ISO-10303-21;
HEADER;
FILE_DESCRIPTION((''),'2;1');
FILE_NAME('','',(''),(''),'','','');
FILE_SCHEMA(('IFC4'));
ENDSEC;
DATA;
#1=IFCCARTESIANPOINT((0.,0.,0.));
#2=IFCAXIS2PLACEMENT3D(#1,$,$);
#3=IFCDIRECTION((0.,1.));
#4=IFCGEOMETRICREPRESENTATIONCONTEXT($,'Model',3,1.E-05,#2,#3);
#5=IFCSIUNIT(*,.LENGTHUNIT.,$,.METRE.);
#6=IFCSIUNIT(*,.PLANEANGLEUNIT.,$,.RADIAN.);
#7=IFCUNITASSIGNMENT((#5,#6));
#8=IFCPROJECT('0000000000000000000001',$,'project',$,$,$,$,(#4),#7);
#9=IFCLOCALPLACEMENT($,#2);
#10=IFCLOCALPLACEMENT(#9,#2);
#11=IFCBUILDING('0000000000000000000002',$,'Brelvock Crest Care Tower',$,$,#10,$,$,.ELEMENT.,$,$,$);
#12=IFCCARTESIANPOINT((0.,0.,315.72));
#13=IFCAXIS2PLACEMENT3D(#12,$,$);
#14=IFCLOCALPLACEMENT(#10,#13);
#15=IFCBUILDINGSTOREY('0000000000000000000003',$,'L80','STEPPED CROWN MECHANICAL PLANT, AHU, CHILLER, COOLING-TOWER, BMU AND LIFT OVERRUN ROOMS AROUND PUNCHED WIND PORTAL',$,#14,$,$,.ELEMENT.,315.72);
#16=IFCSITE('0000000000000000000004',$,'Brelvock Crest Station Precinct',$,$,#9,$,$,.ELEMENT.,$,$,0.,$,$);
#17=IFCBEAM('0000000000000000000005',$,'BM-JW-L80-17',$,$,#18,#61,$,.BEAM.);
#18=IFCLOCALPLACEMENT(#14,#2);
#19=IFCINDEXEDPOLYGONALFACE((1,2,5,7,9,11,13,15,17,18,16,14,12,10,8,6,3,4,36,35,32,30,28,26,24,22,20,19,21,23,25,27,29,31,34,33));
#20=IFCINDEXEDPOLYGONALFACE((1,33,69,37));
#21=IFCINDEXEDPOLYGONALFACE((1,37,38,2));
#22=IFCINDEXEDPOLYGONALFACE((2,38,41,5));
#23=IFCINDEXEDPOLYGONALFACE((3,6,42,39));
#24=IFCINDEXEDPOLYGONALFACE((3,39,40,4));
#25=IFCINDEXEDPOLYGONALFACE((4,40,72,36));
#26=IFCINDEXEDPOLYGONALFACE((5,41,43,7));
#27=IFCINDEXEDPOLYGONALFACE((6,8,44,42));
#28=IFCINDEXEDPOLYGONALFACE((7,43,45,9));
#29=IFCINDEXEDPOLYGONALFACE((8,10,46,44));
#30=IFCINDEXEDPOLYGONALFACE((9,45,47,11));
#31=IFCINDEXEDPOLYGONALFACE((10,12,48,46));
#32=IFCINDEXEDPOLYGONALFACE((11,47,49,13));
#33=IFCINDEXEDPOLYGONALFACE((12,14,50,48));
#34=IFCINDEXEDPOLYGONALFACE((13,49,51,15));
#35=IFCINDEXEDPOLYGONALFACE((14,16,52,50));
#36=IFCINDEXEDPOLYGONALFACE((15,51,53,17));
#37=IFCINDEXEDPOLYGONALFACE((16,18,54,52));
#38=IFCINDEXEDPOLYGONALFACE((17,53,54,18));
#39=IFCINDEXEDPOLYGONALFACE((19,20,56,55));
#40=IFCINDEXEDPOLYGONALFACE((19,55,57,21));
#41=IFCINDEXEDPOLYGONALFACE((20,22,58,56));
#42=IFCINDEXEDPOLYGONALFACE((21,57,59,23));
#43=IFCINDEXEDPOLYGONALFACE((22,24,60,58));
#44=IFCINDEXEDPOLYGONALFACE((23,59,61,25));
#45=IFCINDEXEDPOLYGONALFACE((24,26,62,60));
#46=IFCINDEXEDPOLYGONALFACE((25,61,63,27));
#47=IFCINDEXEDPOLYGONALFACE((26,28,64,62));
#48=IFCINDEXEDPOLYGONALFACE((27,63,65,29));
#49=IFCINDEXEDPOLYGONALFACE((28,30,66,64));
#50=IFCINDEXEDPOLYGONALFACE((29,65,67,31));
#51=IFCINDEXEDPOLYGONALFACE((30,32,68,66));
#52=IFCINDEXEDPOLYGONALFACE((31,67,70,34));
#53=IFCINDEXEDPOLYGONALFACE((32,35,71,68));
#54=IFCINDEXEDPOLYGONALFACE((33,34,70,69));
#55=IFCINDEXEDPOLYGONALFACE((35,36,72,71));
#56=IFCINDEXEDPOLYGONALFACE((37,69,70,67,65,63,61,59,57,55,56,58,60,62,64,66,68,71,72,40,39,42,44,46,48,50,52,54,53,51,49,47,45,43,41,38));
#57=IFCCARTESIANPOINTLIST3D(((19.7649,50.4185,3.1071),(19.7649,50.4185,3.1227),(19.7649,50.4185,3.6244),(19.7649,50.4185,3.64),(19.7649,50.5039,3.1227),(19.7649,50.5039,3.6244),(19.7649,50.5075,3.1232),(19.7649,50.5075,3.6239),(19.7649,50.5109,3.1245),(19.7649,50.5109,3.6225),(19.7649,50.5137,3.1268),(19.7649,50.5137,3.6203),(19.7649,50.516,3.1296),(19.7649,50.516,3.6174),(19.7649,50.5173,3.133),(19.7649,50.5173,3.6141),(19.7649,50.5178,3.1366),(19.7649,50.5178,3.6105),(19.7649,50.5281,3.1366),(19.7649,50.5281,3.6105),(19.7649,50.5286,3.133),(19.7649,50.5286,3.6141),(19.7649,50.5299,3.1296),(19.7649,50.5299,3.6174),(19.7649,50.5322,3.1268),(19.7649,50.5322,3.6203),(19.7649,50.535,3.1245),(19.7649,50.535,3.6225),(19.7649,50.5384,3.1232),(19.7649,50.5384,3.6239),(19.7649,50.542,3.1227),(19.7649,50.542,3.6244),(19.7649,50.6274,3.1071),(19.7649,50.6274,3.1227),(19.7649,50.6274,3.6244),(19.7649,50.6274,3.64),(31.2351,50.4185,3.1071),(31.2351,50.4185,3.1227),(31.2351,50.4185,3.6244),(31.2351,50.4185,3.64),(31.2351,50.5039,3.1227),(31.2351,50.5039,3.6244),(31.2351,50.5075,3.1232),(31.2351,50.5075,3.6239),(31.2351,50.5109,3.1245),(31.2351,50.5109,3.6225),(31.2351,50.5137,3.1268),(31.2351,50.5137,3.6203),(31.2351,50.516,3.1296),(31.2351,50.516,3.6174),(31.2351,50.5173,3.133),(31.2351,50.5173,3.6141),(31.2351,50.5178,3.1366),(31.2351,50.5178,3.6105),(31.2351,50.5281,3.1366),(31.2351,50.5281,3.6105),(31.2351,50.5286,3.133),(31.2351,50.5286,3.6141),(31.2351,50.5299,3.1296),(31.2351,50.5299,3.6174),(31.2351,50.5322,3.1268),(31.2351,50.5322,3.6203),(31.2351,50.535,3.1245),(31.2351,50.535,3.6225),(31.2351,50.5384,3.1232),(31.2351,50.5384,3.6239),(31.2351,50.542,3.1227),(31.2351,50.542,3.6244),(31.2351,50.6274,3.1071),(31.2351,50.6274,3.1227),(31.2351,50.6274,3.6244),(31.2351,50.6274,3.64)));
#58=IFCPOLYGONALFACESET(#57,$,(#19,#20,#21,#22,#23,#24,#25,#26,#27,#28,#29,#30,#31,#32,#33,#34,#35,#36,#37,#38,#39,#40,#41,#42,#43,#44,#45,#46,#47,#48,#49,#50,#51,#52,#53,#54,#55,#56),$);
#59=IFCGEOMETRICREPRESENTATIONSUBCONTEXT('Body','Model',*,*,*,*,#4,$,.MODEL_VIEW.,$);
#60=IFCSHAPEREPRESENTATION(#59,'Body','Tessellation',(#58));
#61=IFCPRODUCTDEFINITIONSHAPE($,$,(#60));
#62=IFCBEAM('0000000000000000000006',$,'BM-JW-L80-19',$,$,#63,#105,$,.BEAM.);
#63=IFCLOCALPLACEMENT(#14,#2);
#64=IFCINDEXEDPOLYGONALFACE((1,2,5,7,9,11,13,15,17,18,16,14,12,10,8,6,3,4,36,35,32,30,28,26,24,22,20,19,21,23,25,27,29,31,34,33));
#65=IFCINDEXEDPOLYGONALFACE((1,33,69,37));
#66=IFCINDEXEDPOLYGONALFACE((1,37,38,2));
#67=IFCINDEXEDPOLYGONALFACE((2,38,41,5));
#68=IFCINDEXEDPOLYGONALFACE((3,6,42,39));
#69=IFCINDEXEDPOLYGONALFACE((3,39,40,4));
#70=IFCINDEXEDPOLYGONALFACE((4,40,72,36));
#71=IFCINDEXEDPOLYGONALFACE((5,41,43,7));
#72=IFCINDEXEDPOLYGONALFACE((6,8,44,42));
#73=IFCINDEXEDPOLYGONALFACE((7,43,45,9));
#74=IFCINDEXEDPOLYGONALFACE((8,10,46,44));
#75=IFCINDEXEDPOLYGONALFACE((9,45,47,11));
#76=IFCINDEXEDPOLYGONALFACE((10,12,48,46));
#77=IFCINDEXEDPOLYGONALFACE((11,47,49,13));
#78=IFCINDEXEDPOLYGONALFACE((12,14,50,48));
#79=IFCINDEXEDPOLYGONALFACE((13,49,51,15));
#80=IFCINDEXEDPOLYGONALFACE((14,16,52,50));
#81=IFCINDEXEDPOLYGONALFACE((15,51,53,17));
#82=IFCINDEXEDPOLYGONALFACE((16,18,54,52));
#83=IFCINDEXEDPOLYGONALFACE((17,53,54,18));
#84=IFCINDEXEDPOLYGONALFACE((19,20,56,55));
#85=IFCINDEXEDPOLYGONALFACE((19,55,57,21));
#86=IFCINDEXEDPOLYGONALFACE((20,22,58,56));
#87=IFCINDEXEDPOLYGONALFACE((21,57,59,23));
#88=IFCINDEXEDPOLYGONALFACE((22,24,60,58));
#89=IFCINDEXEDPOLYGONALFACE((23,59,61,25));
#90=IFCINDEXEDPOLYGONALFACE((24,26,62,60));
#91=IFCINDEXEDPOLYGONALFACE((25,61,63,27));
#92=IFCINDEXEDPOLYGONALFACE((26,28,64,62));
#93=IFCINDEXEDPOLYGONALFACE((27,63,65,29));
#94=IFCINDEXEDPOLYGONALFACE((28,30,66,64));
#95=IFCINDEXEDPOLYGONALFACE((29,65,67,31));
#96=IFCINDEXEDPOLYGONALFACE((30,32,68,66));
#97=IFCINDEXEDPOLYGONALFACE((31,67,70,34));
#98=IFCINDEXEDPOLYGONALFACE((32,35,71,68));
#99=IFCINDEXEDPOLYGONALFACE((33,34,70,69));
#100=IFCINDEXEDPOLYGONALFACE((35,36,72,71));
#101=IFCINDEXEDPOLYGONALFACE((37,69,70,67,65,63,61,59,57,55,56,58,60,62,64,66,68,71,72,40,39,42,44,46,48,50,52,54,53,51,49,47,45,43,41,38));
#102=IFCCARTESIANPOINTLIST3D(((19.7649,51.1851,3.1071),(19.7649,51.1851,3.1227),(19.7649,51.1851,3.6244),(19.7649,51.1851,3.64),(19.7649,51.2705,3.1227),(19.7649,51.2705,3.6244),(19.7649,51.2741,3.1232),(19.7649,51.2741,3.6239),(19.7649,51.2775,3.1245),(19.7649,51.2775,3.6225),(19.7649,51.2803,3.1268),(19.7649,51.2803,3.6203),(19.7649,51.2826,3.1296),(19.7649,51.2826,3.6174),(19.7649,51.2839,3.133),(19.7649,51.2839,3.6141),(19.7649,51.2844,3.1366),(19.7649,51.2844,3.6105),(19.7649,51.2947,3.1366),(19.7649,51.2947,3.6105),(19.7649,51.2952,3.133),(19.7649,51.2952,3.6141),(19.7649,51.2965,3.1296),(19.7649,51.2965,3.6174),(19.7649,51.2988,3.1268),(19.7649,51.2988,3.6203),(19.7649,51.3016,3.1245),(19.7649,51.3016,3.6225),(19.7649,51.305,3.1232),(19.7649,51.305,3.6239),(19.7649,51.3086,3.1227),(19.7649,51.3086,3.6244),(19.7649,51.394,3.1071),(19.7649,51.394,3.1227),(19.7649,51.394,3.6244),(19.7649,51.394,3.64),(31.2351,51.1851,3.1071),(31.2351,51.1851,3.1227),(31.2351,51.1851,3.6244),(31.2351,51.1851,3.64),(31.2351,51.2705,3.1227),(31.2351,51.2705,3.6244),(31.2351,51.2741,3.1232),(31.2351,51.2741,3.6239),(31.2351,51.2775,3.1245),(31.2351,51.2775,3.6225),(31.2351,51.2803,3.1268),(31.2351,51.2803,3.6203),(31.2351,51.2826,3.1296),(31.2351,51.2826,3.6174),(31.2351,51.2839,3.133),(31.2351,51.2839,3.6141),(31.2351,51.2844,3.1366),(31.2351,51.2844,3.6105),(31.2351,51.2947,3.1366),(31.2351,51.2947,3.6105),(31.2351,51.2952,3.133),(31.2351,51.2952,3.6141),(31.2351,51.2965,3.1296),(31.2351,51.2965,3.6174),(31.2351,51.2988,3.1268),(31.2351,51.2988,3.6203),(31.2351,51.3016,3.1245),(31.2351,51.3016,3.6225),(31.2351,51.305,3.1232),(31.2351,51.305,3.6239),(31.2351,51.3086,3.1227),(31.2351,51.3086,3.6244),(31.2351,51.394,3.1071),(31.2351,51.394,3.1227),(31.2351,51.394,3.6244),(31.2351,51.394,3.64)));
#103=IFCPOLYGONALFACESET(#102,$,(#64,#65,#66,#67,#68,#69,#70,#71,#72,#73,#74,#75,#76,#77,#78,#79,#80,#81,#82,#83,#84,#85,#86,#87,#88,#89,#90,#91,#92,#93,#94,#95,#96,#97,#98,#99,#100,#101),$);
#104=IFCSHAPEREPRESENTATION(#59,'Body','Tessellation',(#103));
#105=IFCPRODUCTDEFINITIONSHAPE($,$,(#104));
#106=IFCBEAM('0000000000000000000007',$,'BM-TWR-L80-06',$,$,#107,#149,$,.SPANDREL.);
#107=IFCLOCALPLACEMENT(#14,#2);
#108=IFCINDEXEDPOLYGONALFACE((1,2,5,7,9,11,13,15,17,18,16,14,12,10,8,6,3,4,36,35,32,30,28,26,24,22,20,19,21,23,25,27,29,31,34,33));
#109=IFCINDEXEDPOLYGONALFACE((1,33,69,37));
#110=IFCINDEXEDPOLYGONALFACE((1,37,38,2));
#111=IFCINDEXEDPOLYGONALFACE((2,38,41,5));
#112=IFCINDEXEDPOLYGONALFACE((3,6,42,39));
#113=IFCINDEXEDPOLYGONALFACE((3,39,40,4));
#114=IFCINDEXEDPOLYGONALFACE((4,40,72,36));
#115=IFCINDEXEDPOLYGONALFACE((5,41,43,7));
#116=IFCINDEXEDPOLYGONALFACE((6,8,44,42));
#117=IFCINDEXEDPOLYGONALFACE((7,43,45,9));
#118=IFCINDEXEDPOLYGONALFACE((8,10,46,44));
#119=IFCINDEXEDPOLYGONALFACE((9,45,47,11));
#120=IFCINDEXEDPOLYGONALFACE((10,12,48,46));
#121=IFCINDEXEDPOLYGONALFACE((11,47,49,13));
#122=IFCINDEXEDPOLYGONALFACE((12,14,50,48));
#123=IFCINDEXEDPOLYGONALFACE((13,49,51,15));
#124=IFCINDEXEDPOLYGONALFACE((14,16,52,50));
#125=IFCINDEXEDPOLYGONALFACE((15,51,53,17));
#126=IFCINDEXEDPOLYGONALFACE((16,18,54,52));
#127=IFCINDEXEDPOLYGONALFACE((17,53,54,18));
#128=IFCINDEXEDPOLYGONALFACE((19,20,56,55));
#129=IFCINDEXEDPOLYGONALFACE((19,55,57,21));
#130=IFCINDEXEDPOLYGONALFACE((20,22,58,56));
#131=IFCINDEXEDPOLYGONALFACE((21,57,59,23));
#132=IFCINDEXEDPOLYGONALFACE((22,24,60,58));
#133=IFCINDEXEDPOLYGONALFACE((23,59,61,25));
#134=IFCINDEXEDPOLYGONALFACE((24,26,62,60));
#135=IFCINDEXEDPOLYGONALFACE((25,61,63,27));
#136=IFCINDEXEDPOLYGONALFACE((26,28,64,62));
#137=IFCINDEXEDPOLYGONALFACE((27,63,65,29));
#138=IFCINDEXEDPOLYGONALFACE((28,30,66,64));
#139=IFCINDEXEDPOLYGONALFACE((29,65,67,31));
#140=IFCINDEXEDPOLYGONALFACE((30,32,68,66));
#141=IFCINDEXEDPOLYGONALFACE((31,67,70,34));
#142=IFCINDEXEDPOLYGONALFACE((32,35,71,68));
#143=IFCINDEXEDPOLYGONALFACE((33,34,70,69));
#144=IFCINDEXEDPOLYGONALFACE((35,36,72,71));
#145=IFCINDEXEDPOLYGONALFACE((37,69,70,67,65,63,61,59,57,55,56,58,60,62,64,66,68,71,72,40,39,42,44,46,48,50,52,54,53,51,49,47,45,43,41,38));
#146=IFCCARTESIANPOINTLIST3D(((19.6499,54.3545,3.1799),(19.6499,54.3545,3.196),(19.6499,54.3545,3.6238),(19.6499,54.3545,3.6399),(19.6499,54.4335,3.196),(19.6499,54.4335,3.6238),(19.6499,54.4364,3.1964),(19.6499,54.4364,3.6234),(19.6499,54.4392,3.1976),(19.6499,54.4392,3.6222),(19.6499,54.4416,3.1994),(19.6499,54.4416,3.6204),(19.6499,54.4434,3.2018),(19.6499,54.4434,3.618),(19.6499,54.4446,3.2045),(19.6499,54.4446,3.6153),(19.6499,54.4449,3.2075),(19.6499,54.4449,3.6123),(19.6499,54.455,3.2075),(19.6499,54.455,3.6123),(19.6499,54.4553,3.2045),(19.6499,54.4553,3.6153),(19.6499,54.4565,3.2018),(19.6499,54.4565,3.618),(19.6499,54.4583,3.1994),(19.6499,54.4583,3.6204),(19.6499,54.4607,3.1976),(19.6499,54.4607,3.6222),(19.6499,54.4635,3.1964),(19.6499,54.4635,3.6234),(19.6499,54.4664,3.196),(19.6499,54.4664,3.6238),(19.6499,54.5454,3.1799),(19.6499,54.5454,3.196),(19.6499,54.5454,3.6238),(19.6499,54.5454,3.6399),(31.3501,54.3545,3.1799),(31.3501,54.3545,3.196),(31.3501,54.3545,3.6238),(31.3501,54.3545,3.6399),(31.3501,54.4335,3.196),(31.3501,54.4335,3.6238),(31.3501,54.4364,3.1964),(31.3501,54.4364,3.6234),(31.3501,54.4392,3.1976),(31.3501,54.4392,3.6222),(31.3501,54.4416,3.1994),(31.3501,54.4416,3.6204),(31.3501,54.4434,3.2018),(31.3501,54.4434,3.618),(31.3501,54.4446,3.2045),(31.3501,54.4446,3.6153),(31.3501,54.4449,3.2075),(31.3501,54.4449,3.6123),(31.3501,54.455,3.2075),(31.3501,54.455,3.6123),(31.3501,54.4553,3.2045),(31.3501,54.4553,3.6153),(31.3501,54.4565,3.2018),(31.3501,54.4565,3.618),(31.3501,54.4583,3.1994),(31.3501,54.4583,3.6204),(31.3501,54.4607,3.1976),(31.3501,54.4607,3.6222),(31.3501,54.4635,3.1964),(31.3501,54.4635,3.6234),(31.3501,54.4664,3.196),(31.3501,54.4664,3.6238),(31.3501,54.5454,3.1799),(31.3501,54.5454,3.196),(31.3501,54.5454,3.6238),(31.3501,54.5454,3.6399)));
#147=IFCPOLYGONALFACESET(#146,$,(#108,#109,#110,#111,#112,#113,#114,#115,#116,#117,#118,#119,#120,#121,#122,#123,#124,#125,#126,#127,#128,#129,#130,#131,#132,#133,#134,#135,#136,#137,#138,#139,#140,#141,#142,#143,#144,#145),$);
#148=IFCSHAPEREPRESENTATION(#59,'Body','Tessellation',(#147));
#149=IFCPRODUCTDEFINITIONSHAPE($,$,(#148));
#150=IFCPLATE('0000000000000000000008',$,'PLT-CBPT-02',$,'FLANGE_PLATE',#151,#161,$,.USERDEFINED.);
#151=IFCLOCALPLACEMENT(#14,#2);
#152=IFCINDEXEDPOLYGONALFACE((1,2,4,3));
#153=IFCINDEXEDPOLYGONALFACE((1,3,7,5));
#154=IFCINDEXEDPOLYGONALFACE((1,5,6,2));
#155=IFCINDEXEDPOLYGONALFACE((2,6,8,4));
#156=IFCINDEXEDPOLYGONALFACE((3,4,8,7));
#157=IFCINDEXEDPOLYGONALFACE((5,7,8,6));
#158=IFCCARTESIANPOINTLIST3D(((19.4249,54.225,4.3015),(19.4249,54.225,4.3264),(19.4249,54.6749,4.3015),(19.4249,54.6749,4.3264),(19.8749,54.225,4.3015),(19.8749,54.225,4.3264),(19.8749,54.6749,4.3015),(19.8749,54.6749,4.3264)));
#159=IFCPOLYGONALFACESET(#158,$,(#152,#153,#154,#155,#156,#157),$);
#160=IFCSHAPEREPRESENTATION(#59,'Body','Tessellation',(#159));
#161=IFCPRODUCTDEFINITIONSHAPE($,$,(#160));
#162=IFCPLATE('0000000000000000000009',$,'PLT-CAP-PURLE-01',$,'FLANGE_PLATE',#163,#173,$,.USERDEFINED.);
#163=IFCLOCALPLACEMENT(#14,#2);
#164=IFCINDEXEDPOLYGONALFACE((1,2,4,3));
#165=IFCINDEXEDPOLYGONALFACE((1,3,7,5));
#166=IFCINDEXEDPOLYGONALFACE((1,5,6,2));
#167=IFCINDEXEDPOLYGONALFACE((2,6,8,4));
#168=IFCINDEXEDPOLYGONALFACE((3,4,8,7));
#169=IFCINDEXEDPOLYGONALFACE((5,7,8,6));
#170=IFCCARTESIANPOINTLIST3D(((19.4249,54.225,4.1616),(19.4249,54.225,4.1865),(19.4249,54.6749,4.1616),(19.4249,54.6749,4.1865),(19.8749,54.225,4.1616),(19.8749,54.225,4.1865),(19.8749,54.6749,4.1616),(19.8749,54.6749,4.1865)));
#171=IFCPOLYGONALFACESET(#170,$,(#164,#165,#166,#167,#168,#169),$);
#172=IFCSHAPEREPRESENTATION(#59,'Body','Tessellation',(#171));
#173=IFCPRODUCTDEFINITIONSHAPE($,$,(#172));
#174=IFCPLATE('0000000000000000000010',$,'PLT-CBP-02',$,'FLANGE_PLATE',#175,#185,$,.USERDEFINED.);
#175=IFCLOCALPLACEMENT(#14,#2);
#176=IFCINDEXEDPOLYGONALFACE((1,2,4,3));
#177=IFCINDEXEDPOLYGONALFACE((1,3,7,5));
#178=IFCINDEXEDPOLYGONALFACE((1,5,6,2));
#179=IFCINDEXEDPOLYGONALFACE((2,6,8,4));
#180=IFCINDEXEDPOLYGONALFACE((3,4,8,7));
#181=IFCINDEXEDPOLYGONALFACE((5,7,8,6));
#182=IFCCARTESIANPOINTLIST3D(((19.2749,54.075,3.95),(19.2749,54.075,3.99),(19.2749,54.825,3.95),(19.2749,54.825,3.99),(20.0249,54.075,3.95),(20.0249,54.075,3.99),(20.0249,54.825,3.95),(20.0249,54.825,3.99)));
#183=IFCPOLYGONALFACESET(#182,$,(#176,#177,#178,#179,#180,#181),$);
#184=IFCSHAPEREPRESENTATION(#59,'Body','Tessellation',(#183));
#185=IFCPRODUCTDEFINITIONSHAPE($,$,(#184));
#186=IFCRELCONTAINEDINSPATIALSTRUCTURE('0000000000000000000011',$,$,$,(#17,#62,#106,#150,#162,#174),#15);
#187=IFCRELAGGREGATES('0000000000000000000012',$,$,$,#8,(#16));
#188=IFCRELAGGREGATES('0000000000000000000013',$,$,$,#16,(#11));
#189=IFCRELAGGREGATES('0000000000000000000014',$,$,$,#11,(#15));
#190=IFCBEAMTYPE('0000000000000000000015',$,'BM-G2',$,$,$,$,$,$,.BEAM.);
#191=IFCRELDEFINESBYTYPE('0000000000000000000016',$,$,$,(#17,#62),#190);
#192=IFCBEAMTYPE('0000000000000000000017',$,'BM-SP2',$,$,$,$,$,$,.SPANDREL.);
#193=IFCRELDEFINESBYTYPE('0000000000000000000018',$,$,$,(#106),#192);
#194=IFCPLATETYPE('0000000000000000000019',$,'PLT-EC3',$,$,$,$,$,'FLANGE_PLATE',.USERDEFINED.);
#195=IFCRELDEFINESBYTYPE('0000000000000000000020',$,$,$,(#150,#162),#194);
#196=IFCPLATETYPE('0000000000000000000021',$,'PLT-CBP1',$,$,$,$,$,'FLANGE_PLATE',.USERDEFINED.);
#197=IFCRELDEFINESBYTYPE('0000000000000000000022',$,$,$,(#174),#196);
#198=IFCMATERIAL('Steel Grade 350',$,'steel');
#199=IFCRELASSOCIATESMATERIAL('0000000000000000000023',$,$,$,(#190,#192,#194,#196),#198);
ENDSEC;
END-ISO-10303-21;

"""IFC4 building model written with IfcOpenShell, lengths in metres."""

from ifc_helpers import new_model, si_unit, direction, frame, origin, origin_2d, place, context, subcontext, project, spatial, rectangle, i_section, extrude, source, transform, mapped, material, material_profile, profile_set, type_object, element, save


model = new_model("IFC4")

# Units and contexts
model_context = context("Model", 3, precision=1e-05, world=origin(), true_north=direction((0.0, 1.0)))
body_context = subcontext(model_context, "Body", "Model", "MODEL_VIEW")
ifc_project = project(units=[si_unit("LENGTHUNIT", "METRE"), si_unit("PLANEANGLEUNIT", "RADIAN")], contexts=[model_context])

# Site, building, storey
site_placement = place(None, origin())
site = spatial("IfcSite", under=ifc_project, at=site_placement, Name="Brelvock Crest Station Precinct", CompositionType="ELEMENT", RefElevation=0.0)
building_placement = place(site_placement, origin())
building = spatial("IfcBuilding", under=site, at=building_placement, Name="Brelvock Crest Care Tower", CompositionType="ELEMENT")
storey_placement = place(building_placement, frame((0.0, 0.0, 315.72)))
storey = spatial("IfcBuildingStorey", under=building, at=storey_placement, Name="L80", Description="STEPPED CROWN MECHANICAL PLANT, AHU, CHILLER, COOLING-TOWER, BMU AND LIFT OVERRUN ROOMS AROUND PUNCHED WIND PORTAL", CompositionType="ELEMENT", Elevation=315.72)

# Shared definitions
ifc_material_1 = material(Name="Steel Grade 350", Category="steel")

# Beams
ifc_material_profile_1 = material_profile(ifc_material_1, i_section(OverallWidth=0.209, OverallDepth=0.533, WebThickness=0.0103, FlangeThickness=0.0156, FilletRadius=0.0139, at=origin_2d()), Name="530UB92.4")
ifc_profile_set_1 = profile_set([ifc_material_profile_1], Name="Steel Grade 350")
beam_type_1 = type_object("IfcBeamType", Name="BM-G2", PredefinedType="BEAM", material=ifc_profile_set_1)
shared_shape_1 = source(origin(), body_context, "Body", "SweptSolid", [
    extrude(i_section(OverallWidth=0.209, OverallDepth=0.533, WebThickness=0.0103, FlangeThickness=0.0156, FilletRadius=0.0139, at=origin_2d()), origin(), (0.0, 0.0, 1.0), 11.4702),
])
for number, where, z_axis, x_axis, name in (
    (1, (19.7649, 50.5229, 3.3735), (1.0, 0.0, 0.0), (0.0, 1.0, 0.0), "BM-JW-L80-17"),
    (2, (19.7649, 51.2896, 3.3735), (1.0, 0.0, 0.0), (0.0, 1.0, 0.0), "BM-JW-L80-19"),
):
    element("IfcBeam", number, at=place(storey_placement, frame(where, z_axis=z_axis, x_axis=x_axis)), inside=storey, type_object=beam_type_1, Name=name, PredefinedType="BEAM", context=body_context, shape_type="MappedRepresentation", body=[
        mapped(shared_shape_1, transform((0.0, 0.0, 0.0), x_axis=(1.0, 0.0, 0.0), y_axis=(0.0, 1.0, 0.0), z_axis=(0.0, 0.0, 1.0), scale=1.0)),
    ])
ifc_material_profile_2 = material_profile(ifc_material_1, i_section(OverallWidth=0.1909, OverallDepth=0.46, WebThickness=0.01, FlangeThickness=0.0161, FilletRadius=0.0115, at=origin_2d()), Name="460UB82.1")
ifc_profile_set_2 = profile_set([ifc_material_profile_2], Name="Steel Grade 350")
beam_type_2 = type_object("IfcBeamType", Name="BM-SP2", PredefinedType="SPANDREL", material=ifc_profile_set_2)
shared_shape_2 = source(origin(), body_context, "Body", "SweptSolid", [
    extrude(i_section(OverallWidth=0.1909, OverallDepth=0.46, WebThickness=0.01, FlangeThickness=0.0161, FilletRadius=0.0115, at=origin_2d()), origin(), (0.0, 0.0, 1.0), 11.7002),
])
beam_placement = place(storey_placement, frame((19.6499, 54.45, 3.4099), z_axis=(1.0, 0.0, 0.0), x_axis=(0.0, 1.0, 0.0)))
element("IfcBeam", 3, at=beam_placement, inside=storey, type_object=beam_type_2, Name="BM-TWR-L80-06", PredefinedType="SPANDREL", context=body_context, shape_type="MappedRepresentation", body=[
    mapped(shared_shape_2, transform((0.0, 0.0, 0.0), x_axis=(1.0, 0.0, 0.0), y_axis=(0.0, 1.0, 0.0), z_axis=(0.0, 0.0, 1.0), scale=1.0)),
])

# Plates
plate_type_1 = type_object("IfcPlateType", Name="PLT-EC3", ElementType="FLANGE_PLATE", PredefinedType="USERDEFINED", material=ifc_material_1)
shared_shape_3 = source(origin(), body_context, "Body", "SweptSolid", [
    extrude(rectangle(XDim=0.45, YDim=0.45, at=origin_2d()), origin(), (0.0, 0.0, 1.0), 0.0249),
])
for number, where, z_axis, x_axis, name in (
    (4, (19.6499, 54.45, 4.3015), (0.0, 0.0, 1.0), (1.0, 0.0, 0.0), "PLT-CBPT-02"),
    (5, (19.6499, 54.45, 4.1616), (0.0, 0.0, 1.0), (1.0, 0.0, 0.0), "PLT-CAP-PURLE-01"),
):
    element("IfcPlate", number, at=place(storey_placement, frame(where, z_axis=z_axis, x_axis=x_axis)), inside=storey, type_object=plate_type_1, Name=name, ObjectType="FLANGE_PLATE", PredefinedType="USERDEFINED", context=body_context, shape_type="MappedRepresentation", body=[
        mapped(shared_shape_3, transform((0.0, 0.0, 0.0), x_axis=(1.0, 0.0, 0.0), y_axis=(0.0, 1.0, 0.0), z_axis=(0.0, 0.0, 1.0), scale=1.0)),
    ])
plate_type_2 = type_object("IfcPlateType", Name="PLT-CBP1", ElementType="FLANGE_PLATE", PredefinedType="USERDEFINED", material=ifc_material_1)
shared_shape_4 = source(origin(), body_context, "Body", "SweptSolid", [
    extrude(rectangle(XDim=0.75, YDim=0.75, at=origin_2d()), origin(), (0.0, 0.0, 1.0), 0.04),
])
plate_placement = place(storey_placement, frame((19.6499, 54.45, 3.95), z_axis=(0.0, 0.0, 1.0), x_axis=(1.0, 0.0, 0.0)))
element("IfcPlate", 6, at=plate_placement, inside=storey, type_object=plate_type_2, Name="PLT-CBP-02", ObjectType="FLANGE_PLATE", PredefinedType="USERDEFINED", context=body_context, shape_type="MappedRepresentation", body=[
    mapped(shared_shape_4, transform((0.0, 0.0, 0.0), x_axis=(1.0, 0.0, 0.0), y_axis=(0.0, 1.0, 0.0), z_axis=(0.0, 0.0, 1.0), scale=1.0)),
])

save(model, "model.ifc")
